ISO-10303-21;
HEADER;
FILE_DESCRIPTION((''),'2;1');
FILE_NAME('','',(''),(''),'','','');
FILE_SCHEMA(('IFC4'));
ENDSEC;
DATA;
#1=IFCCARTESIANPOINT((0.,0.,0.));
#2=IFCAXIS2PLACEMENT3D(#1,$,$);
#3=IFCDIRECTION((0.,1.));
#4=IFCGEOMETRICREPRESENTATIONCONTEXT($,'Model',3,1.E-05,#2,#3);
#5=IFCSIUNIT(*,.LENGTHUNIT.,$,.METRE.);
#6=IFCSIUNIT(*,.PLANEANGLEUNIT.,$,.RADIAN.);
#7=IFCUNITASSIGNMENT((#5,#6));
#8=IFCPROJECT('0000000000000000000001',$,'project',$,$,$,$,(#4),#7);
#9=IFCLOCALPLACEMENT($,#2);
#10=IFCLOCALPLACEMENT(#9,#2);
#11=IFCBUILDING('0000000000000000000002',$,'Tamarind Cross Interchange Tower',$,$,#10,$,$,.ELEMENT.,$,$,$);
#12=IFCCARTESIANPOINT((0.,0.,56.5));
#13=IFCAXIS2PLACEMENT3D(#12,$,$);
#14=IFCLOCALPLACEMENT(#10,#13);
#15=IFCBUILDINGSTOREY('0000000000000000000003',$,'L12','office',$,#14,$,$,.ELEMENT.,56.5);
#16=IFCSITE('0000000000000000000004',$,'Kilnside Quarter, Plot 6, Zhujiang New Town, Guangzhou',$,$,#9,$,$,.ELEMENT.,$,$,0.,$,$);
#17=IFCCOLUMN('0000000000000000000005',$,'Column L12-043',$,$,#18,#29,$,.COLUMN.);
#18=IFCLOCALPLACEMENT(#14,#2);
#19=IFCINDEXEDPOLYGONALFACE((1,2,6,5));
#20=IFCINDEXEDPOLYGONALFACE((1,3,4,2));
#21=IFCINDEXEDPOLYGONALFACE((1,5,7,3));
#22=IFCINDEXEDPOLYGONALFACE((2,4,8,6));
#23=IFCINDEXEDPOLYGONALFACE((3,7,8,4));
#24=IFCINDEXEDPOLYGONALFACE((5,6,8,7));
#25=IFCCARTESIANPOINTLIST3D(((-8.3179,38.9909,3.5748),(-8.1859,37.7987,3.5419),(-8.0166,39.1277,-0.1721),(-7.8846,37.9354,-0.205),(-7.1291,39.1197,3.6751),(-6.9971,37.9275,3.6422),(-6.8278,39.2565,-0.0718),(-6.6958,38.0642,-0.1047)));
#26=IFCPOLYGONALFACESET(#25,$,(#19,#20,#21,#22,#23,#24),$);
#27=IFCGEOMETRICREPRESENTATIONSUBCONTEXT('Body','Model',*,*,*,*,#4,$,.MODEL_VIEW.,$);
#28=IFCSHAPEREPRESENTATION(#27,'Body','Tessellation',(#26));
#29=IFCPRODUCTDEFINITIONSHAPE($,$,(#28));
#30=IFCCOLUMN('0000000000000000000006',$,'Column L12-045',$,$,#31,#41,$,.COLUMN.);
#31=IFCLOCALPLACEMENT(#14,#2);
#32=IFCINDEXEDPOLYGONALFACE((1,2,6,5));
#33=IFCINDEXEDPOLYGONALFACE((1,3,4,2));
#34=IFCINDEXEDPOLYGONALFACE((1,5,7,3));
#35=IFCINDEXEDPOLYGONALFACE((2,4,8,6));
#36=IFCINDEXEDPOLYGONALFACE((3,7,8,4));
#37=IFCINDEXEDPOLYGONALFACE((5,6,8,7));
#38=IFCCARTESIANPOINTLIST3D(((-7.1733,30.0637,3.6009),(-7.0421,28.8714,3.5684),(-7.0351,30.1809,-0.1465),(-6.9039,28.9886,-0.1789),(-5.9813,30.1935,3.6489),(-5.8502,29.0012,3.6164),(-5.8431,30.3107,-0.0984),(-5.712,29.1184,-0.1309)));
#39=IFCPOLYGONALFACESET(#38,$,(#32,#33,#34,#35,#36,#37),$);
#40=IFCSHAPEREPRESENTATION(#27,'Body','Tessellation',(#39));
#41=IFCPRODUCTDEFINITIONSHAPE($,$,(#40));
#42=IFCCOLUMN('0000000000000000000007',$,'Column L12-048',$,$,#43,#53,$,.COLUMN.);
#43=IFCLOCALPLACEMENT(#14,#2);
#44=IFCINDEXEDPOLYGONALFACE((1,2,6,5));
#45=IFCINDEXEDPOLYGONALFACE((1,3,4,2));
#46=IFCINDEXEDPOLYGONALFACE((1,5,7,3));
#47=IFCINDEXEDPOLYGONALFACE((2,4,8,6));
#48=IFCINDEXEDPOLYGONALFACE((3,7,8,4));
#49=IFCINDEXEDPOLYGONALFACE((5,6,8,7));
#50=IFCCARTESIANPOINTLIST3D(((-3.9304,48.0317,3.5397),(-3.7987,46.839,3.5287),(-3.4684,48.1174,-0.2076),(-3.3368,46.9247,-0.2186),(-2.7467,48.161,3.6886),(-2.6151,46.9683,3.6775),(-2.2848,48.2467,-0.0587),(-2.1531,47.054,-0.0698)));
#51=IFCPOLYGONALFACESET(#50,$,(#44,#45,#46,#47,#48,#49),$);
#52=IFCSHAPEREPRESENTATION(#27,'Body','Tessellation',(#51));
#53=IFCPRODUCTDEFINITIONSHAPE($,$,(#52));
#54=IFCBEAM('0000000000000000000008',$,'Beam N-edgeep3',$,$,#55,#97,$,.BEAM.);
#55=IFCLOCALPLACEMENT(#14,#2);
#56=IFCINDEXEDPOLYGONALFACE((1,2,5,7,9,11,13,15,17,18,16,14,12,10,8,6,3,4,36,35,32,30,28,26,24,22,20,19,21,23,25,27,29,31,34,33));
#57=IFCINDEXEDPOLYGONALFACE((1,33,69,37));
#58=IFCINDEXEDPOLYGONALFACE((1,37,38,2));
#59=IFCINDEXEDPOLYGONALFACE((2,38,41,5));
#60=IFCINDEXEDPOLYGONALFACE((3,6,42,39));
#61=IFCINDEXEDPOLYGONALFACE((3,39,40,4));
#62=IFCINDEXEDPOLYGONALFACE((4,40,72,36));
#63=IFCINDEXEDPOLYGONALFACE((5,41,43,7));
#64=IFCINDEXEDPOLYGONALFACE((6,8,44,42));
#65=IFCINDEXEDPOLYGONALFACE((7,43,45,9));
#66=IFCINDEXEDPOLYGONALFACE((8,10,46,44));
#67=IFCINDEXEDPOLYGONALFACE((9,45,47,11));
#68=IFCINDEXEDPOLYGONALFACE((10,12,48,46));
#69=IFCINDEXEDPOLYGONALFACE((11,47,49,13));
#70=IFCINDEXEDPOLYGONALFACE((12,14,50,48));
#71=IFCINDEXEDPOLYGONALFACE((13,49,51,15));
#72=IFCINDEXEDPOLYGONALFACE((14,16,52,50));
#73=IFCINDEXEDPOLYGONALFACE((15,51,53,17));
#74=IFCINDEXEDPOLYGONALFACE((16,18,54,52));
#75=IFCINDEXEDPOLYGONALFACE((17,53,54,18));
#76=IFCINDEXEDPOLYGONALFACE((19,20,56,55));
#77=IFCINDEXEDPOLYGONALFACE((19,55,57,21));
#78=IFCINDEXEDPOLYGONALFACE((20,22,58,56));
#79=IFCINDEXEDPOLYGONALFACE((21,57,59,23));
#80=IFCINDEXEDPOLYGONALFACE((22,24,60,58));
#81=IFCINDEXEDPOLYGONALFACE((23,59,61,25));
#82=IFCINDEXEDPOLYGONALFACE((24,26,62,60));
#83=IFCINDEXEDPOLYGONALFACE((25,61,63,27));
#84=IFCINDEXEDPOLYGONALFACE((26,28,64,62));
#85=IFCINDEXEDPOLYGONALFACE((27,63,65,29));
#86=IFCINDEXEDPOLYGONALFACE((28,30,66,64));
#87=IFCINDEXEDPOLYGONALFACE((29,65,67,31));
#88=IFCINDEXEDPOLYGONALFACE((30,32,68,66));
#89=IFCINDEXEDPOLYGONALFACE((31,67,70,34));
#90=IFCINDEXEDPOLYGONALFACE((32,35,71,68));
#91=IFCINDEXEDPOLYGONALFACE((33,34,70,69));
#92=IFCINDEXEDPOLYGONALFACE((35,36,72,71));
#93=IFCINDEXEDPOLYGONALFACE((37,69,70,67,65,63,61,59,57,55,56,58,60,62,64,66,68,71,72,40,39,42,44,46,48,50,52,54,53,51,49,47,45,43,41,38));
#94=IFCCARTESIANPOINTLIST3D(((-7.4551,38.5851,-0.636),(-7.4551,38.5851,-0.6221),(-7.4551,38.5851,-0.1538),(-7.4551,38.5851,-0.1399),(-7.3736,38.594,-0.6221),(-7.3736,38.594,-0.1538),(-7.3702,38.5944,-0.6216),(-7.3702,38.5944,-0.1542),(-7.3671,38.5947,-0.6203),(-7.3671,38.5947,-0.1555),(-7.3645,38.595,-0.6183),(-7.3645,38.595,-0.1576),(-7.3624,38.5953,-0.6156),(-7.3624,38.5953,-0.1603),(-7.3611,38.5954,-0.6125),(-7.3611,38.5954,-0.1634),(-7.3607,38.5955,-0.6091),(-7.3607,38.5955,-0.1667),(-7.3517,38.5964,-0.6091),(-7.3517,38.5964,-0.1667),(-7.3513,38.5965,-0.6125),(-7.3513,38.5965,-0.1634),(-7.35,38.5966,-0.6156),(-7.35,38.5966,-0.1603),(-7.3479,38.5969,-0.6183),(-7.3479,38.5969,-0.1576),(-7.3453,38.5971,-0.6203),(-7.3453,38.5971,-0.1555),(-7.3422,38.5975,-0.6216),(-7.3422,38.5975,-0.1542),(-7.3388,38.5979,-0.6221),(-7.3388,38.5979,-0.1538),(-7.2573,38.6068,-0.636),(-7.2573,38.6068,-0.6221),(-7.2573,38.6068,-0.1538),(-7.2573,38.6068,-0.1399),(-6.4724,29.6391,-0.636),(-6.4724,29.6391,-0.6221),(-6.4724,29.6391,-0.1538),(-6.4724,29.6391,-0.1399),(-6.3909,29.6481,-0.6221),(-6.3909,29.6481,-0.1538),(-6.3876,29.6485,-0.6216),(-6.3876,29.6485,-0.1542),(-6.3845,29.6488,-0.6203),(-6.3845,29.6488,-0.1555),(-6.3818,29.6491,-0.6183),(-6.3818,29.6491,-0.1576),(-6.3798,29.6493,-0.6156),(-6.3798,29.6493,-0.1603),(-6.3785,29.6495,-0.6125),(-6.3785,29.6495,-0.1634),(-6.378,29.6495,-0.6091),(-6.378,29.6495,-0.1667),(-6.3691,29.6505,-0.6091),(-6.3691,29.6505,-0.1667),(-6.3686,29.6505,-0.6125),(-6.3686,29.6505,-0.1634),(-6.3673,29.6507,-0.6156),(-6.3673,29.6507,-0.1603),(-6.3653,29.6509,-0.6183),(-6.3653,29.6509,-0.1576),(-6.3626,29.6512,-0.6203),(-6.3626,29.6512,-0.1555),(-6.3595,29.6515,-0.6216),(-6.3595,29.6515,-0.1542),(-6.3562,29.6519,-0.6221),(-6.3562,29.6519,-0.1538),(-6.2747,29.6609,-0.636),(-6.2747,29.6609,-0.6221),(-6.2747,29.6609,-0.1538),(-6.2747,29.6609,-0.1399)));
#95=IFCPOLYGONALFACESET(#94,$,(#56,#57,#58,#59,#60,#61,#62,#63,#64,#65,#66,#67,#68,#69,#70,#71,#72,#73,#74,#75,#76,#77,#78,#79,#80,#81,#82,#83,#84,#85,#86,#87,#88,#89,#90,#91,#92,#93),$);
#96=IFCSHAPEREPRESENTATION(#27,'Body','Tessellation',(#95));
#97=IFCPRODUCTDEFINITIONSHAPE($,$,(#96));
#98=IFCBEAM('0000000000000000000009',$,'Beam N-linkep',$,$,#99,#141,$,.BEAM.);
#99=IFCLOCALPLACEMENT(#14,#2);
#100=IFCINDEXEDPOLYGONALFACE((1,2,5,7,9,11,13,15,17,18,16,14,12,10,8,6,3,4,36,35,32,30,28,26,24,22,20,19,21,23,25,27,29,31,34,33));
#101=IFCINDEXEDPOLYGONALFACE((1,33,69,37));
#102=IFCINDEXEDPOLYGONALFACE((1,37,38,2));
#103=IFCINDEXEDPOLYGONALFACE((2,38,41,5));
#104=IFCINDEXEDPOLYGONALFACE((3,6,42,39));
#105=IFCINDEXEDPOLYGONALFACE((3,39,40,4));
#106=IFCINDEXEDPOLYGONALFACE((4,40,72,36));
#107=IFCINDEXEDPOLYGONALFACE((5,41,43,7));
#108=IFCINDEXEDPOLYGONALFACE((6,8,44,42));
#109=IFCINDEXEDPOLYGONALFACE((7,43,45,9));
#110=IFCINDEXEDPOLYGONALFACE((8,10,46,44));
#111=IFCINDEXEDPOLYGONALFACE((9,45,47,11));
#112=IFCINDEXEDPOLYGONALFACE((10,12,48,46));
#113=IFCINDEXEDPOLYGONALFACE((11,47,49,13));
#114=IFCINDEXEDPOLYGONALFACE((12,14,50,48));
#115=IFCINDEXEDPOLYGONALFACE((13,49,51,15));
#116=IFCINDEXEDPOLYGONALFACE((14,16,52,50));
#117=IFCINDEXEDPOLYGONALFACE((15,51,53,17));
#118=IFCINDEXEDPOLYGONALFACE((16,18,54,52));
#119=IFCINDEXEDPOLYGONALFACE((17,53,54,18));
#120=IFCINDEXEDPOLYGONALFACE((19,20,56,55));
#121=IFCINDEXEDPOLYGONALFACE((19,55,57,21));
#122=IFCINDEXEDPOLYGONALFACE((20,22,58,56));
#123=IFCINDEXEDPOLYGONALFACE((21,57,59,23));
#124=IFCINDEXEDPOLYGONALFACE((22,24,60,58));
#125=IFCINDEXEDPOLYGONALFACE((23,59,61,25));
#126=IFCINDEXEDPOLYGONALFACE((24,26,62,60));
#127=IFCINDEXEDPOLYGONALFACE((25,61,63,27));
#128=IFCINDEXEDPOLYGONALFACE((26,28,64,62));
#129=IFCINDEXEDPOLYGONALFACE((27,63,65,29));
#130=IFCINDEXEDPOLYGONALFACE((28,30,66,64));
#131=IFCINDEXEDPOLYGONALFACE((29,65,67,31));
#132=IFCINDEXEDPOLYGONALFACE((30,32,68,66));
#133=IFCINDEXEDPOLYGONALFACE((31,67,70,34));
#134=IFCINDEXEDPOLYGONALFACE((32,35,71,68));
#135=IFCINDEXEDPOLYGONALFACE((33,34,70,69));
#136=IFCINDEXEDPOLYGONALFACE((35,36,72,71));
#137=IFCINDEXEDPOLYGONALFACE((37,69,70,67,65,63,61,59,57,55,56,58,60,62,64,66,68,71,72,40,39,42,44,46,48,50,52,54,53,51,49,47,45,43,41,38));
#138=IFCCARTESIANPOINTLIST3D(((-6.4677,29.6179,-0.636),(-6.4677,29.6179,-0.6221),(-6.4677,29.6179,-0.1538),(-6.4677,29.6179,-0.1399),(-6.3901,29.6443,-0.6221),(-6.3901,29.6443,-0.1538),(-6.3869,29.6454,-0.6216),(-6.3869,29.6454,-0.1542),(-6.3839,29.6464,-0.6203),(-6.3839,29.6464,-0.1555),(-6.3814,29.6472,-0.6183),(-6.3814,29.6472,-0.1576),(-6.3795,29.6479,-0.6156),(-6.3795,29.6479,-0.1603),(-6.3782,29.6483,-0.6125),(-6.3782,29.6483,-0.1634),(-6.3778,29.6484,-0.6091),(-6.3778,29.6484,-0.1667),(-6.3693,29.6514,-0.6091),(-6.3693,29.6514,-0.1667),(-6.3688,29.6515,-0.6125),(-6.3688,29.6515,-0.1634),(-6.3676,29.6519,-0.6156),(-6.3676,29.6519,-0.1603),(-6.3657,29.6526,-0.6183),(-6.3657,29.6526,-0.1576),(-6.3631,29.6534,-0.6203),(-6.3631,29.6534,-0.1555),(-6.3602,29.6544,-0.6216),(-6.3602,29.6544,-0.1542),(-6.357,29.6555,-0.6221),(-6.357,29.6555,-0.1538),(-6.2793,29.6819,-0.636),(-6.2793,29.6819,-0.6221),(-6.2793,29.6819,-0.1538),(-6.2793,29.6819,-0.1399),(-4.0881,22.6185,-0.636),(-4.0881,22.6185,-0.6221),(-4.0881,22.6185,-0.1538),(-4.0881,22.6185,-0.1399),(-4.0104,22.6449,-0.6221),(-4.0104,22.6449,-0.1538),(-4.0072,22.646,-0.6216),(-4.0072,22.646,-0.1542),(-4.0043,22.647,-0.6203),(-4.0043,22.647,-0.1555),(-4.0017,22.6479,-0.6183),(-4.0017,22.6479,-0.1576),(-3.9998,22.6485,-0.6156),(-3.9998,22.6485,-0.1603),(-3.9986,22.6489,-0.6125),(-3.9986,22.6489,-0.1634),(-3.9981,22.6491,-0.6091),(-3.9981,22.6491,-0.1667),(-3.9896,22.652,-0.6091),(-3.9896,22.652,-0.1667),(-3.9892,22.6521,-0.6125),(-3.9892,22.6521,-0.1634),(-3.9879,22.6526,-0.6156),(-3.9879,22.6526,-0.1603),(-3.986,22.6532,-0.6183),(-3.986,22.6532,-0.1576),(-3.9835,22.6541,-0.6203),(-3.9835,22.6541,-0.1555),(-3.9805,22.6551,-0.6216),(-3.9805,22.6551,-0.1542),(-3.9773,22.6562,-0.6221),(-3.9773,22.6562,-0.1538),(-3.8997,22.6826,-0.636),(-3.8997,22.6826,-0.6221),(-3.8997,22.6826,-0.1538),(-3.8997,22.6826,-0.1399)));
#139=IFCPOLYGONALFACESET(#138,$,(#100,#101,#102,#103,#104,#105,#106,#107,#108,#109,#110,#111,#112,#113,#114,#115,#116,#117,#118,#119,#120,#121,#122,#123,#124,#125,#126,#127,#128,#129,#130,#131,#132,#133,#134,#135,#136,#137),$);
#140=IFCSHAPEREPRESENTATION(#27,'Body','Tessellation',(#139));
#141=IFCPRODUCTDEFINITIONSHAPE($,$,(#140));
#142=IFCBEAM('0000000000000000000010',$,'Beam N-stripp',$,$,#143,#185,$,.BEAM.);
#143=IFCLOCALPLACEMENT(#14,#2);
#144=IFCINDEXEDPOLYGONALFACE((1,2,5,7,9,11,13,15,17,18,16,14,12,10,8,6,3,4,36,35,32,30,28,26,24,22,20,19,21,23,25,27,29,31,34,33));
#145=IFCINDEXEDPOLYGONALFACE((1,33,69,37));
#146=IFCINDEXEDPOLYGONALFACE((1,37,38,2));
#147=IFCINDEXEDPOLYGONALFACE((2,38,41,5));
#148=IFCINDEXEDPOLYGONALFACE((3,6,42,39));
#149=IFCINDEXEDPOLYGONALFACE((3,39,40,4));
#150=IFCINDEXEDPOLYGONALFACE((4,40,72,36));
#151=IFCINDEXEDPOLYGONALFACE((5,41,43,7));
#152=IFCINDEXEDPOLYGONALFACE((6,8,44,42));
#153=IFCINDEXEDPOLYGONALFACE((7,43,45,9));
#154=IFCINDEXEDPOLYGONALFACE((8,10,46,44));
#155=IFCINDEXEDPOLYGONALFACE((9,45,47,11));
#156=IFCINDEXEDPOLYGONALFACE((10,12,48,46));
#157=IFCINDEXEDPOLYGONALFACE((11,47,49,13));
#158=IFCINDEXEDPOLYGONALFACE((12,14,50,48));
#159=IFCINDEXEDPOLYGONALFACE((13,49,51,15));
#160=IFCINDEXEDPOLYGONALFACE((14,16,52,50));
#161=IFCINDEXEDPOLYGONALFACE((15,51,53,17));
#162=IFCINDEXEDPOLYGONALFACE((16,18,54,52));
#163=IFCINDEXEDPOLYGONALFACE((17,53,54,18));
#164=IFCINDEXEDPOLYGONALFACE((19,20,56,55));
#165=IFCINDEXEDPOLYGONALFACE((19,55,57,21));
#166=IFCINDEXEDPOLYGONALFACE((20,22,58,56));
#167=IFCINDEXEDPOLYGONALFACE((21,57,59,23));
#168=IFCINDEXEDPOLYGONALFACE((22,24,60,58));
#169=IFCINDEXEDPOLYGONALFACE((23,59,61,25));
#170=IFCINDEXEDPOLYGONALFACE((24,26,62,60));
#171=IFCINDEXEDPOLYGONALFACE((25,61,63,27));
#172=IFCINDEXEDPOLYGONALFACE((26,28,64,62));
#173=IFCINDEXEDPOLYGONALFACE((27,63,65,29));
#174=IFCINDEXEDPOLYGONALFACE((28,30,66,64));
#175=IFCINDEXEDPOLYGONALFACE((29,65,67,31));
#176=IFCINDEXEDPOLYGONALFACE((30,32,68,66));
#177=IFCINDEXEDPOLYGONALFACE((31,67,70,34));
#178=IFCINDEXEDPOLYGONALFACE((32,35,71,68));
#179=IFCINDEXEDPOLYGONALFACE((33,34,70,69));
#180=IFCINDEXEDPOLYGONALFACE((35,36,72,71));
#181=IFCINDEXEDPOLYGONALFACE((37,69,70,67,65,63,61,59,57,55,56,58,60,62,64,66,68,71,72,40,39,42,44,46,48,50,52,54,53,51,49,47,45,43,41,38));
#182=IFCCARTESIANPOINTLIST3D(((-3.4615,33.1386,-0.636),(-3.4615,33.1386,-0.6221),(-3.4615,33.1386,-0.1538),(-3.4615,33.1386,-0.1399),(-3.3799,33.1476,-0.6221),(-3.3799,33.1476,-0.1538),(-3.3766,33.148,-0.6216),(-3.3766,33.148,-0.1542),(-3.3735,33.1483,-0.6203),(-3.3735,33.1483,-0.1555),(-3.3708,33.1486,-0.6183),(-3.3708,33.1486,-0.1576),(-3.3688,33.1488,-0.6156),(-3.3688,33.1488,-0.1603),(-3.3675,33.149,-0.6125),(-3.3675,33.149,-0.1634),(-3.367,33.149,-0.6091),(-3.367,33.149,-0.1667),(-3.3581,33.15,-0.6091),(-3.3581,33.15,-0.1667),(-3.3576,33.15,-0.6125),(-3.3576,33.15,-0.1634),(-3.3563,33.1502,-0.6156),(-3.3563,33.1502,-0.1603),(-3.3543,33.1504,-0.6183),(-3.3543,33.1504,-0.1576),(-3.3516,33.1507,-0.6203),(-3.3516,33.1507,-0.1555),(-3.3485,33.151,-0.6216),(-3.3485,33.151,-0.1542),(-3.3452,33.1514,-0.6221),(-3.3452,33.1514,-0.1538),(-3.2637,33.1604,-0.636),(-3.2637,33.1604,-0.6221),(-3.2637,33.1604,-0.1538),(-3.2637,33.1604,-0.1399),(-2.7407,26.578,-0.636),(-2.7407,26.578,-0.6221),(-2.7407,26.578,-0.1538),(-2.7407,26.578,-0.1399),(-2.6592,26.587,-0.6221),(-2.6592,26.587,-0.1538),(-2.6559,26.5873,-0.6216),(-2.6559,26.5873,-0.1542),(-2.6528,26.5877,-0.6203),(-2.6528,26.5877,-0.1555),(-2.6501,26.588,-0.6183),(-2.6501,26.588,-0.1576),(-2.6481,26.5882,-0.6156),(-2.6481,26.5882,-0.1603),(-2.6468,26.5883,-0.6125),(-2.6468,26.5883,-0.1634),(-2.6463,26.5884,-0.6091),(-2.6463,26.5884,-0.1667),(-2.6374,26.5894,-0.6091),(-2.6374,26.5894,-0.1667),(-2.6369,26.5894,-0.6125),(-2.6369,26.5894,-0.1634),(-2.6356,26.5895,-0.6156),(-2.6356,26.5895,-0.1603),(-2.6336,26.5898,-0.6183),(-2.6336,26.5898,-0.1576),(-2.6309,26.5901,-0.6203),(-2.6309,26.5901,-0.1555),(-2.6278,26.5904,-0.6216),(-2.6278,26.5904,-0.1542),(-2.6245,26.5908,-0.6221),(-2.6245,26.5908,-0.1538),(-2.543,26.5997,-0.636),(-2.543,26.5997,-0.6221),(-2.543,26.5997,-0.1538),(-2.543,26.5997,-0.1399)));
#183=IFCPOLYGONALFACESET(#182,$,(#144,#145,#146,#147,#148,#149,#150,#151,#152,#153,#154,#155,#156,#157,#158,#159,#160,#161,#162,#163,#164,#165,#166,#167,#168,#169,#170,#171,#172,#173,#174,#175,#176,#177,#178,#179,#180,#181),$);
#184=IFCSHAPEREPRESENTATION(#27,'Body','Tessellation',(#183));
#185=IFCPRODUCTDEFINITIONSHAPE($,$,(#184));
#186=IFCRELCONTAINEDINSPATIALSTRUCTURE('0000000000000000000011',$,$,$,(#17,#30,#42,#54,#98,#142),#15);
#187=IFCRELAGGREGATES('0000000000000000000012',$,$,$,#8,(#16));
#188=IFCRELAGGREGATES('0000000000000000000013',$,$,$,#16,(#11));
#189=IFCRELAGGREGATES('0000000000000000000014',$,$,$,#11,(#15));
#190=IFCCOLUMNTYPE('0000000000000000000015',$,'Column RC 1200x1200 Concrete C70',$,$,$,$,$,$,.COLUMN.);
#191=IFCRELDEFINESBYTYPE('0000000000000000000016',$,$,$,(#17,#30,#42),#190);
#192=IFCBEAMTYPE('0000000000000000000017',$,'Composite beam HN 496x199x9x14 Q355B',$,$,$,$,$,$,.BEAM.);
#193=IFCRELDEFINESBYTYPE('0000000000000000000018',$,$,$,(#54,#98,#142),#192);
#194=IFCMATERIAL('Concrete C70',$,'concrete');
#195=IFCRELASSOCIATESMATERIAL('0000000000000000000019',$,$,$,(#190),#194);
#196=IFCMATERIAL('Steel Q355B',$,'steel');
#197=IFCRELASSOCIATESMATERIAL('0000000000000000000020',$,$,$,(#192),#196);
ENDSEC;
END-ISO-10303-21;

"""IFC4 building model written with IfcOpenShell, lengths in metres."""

from ifc_helpers import new_model, si_unit, direction, frame, origin, origin_2d, place, context, subcontext, project, spatial, rectangle, i_section, extrude, material, material_profile, profile_set, type_object, element, save


model = new_model("IFC4")

# Units and contexts
model_context = context("Model", 3, precision=1e-05, world=origin(), true_north=direction((0.0, 1.0)))
body_context = subcontext(model_context, "Body", "Model", "MODEL_VIEW")
ifc_project = project(units=[si_unit("LENGTHUNIT", "METRE"), si_unit("PLANEANGLEUNIT", "RADIAN")], contexts=[model_context])

# Site, building, storey
site_placement = place(None, origin())
site = spatial("IfcSite", under=ifc_project, at=site_placement, Name="Kilnside Quarter, Plot 6, Zhujiang New Town, Guangzhou", CompositionType="ELEMENT", RefElevation=0.0)
building_placement = place(site_placement, origin())
building = spatial("IfcBuilding", under=site, at=building_placement, Name="Tamarind Cross Interchange Tower", CompositionType="ELEMENT")
storey_placement = place(building_placement, frame((0.0, 0.0, 56.5)))
storey = spatial("IfcBuildingStorey", under=building, at=storey_placement, Name="L12", Description="office", CompositionType="ELEMENT", Elevation=56.5)

# Columns
ifc_material_1 = material(Name="Concrete C70", Category="concrete")
ifc_material_profile_1 = material_profile(ifc_material_1, rectangle(XDim=1.2, YDim=1.2, at=origin_2d()), Name="RC 1200x1200")
ifc_profile_set_1 = profile_set([ifc_material_profile_1], Name="Concrete C70")
column_type = type_object("IfcColumnType", Name="Column RC 1200x1200 Concrete C70", PredefinedType="COLUMN", material=ifc_profile_set_1)
column_1_placement = place(storey_placement, frame((-7.3562, 38.5959, -0.1384), z_axis=(-0.080095, -0.036348, 0.996124), x_axis=(0.990703, 0.107347, 0.083576)))
element("IfcColumn", 1, at=column_1_placement, inside=storey, type_object=column_type, Name="Column L12-043", PredefinedType="COLUMN", context=body_context, shape_type="SweptSolid", body=[
    extrude(rectangle(XDim=1.2, YDim=1.2, at=origin_2d()), origin(), (0.0, 0.0, 1.0), 3.7615),
])
column_2_placement = place(storey_placement, frame((-6.3735, 29.6497, -0.1387), z_axis=(-0.036832, -0.031236, 0.998833), x_axis=(0.993325, 0.108189, 0.040013)))
element("IfcColumn", 2, at=column_2_placement, inside=storey, type_object=column_type, Name="Column L12-045", PredefinedType="COLUMN", context=body_context, shape_type="SweptSolid", body=[
    extrude(rectangle(XDim=1.2, YDim=1.2, at=origin_2d()), origin(), (0.0, 0.0, 1.0), 3.7517),
])
column_3_placement = place(storey_placement, frame((-2.8108, 47.5857, -0.1387), z_axis=(-0.122308, -0.02269, 0.992233), x_axis=(0.986409, 0.107741, 0.124054)))
element("IfcColumn", 3, at=column_3_placement, inside=storey, type_object=column_type, Name="Column L12-048", PredefinedType="COLUMN", context=body_context, shape_type="SweptSolid", body=[
    extrude(rectangle(XDim=1.2, YDim=1.2, at=origin_2d()), origin(), (0.0, 0.0, 1.0), 3.7766),
])

# Beams
ifc_material_2 = material(Name="Steel Q355B", Category="steel")
ifc_material_profile_2 = material_profile(ifc_material_2, i_section(OverallWidth=0.199, OverallDepth=0.4961, WebThickness=0.009, FlangeThickness=0.0139, FilletRadius=0.0129, at=origin_2d()), Name="HN 496x199x9x14")
ifc_profile_set_2 = profile_set([ifc_material_profile_2], Name="Steel Q355B")
beam_type_1 = type_object("IfcBeamType", Name="Composite beam HN 496x199x9x14 Q355B", PredefinedType="BEAM", material=ifc_profile_set_2)
beam_1_placement = place(storey_placement, frame((-7.3562, 38.5959, -0.3879), z_axis=(0.109187, -0.994021, 0.0), x_axis=(0.994021, 0.109187, 0.0)))
element("IfcBeam", 4, at=beam_1_placement, inside=storey, type_object=beam_type_1, Name="Beam N-edgeep3", PredefinedType="BEAM", context=body_context, shape_type="SweptSolid", body=[
    extrude(i_section(OverallWidth=0.199, OverallDepth=0.4961, WebThickness=0.009, FlangeThickness=0.0139, FilletRadius=0.0129, at=origin_2d()), origin(), (0.0, 0.0, 1.0), 8.9998),
])
beam_2_placement = place(storey_placement, frame((-6.3735, 29.6499, -0.3879), z_axis=(0.321889, -0.946777, 0.0), x_axis=(0.946777, 0.321889, 0.0)))
element("IfcBeam", 5, at=beam_2_placement, inside=storey, type_object=beam_type_1, Name="Beam N-linkep", PredefinedType="BEAM", context=body_context, shape_type="SweptSolid", body=[
    extrude(i_section(OverallWidth=0.199, OverallDepth=0.4961, WebThickness=0.009, FlangeThickness=0.0139, FilletRadius=0.0129, at=origin_2d()), origin(), (0.0, 0.0, 1.0), 7.3928),
])
beam_3_placement = place(storey_placement, frame((-2.6418, 26.5889, -0.3879), z_axis=(-0.109197, 0.99402, 0.0), x_axis=(-0.99402, -0.109197, 0.0)))
element("IfcBeam", 6, at=beam_3_placement, inside=storey, type_object=beam_type_1, Name="Beam N-stripp", PredefinedType="BEAM", context=body_context, shape_type="SweptSolid", body=[
    extrude(i_section(OverallWidth=0.199, OverallDepth=0.4961, WebThickness=0.009, FlangeThickness=0.0139, FilletRadius=0.0129, at=origin_2d()), origin(), (0.0, 0.0, 1.0), 6.6001),
])

save(model, "model.ifc")
